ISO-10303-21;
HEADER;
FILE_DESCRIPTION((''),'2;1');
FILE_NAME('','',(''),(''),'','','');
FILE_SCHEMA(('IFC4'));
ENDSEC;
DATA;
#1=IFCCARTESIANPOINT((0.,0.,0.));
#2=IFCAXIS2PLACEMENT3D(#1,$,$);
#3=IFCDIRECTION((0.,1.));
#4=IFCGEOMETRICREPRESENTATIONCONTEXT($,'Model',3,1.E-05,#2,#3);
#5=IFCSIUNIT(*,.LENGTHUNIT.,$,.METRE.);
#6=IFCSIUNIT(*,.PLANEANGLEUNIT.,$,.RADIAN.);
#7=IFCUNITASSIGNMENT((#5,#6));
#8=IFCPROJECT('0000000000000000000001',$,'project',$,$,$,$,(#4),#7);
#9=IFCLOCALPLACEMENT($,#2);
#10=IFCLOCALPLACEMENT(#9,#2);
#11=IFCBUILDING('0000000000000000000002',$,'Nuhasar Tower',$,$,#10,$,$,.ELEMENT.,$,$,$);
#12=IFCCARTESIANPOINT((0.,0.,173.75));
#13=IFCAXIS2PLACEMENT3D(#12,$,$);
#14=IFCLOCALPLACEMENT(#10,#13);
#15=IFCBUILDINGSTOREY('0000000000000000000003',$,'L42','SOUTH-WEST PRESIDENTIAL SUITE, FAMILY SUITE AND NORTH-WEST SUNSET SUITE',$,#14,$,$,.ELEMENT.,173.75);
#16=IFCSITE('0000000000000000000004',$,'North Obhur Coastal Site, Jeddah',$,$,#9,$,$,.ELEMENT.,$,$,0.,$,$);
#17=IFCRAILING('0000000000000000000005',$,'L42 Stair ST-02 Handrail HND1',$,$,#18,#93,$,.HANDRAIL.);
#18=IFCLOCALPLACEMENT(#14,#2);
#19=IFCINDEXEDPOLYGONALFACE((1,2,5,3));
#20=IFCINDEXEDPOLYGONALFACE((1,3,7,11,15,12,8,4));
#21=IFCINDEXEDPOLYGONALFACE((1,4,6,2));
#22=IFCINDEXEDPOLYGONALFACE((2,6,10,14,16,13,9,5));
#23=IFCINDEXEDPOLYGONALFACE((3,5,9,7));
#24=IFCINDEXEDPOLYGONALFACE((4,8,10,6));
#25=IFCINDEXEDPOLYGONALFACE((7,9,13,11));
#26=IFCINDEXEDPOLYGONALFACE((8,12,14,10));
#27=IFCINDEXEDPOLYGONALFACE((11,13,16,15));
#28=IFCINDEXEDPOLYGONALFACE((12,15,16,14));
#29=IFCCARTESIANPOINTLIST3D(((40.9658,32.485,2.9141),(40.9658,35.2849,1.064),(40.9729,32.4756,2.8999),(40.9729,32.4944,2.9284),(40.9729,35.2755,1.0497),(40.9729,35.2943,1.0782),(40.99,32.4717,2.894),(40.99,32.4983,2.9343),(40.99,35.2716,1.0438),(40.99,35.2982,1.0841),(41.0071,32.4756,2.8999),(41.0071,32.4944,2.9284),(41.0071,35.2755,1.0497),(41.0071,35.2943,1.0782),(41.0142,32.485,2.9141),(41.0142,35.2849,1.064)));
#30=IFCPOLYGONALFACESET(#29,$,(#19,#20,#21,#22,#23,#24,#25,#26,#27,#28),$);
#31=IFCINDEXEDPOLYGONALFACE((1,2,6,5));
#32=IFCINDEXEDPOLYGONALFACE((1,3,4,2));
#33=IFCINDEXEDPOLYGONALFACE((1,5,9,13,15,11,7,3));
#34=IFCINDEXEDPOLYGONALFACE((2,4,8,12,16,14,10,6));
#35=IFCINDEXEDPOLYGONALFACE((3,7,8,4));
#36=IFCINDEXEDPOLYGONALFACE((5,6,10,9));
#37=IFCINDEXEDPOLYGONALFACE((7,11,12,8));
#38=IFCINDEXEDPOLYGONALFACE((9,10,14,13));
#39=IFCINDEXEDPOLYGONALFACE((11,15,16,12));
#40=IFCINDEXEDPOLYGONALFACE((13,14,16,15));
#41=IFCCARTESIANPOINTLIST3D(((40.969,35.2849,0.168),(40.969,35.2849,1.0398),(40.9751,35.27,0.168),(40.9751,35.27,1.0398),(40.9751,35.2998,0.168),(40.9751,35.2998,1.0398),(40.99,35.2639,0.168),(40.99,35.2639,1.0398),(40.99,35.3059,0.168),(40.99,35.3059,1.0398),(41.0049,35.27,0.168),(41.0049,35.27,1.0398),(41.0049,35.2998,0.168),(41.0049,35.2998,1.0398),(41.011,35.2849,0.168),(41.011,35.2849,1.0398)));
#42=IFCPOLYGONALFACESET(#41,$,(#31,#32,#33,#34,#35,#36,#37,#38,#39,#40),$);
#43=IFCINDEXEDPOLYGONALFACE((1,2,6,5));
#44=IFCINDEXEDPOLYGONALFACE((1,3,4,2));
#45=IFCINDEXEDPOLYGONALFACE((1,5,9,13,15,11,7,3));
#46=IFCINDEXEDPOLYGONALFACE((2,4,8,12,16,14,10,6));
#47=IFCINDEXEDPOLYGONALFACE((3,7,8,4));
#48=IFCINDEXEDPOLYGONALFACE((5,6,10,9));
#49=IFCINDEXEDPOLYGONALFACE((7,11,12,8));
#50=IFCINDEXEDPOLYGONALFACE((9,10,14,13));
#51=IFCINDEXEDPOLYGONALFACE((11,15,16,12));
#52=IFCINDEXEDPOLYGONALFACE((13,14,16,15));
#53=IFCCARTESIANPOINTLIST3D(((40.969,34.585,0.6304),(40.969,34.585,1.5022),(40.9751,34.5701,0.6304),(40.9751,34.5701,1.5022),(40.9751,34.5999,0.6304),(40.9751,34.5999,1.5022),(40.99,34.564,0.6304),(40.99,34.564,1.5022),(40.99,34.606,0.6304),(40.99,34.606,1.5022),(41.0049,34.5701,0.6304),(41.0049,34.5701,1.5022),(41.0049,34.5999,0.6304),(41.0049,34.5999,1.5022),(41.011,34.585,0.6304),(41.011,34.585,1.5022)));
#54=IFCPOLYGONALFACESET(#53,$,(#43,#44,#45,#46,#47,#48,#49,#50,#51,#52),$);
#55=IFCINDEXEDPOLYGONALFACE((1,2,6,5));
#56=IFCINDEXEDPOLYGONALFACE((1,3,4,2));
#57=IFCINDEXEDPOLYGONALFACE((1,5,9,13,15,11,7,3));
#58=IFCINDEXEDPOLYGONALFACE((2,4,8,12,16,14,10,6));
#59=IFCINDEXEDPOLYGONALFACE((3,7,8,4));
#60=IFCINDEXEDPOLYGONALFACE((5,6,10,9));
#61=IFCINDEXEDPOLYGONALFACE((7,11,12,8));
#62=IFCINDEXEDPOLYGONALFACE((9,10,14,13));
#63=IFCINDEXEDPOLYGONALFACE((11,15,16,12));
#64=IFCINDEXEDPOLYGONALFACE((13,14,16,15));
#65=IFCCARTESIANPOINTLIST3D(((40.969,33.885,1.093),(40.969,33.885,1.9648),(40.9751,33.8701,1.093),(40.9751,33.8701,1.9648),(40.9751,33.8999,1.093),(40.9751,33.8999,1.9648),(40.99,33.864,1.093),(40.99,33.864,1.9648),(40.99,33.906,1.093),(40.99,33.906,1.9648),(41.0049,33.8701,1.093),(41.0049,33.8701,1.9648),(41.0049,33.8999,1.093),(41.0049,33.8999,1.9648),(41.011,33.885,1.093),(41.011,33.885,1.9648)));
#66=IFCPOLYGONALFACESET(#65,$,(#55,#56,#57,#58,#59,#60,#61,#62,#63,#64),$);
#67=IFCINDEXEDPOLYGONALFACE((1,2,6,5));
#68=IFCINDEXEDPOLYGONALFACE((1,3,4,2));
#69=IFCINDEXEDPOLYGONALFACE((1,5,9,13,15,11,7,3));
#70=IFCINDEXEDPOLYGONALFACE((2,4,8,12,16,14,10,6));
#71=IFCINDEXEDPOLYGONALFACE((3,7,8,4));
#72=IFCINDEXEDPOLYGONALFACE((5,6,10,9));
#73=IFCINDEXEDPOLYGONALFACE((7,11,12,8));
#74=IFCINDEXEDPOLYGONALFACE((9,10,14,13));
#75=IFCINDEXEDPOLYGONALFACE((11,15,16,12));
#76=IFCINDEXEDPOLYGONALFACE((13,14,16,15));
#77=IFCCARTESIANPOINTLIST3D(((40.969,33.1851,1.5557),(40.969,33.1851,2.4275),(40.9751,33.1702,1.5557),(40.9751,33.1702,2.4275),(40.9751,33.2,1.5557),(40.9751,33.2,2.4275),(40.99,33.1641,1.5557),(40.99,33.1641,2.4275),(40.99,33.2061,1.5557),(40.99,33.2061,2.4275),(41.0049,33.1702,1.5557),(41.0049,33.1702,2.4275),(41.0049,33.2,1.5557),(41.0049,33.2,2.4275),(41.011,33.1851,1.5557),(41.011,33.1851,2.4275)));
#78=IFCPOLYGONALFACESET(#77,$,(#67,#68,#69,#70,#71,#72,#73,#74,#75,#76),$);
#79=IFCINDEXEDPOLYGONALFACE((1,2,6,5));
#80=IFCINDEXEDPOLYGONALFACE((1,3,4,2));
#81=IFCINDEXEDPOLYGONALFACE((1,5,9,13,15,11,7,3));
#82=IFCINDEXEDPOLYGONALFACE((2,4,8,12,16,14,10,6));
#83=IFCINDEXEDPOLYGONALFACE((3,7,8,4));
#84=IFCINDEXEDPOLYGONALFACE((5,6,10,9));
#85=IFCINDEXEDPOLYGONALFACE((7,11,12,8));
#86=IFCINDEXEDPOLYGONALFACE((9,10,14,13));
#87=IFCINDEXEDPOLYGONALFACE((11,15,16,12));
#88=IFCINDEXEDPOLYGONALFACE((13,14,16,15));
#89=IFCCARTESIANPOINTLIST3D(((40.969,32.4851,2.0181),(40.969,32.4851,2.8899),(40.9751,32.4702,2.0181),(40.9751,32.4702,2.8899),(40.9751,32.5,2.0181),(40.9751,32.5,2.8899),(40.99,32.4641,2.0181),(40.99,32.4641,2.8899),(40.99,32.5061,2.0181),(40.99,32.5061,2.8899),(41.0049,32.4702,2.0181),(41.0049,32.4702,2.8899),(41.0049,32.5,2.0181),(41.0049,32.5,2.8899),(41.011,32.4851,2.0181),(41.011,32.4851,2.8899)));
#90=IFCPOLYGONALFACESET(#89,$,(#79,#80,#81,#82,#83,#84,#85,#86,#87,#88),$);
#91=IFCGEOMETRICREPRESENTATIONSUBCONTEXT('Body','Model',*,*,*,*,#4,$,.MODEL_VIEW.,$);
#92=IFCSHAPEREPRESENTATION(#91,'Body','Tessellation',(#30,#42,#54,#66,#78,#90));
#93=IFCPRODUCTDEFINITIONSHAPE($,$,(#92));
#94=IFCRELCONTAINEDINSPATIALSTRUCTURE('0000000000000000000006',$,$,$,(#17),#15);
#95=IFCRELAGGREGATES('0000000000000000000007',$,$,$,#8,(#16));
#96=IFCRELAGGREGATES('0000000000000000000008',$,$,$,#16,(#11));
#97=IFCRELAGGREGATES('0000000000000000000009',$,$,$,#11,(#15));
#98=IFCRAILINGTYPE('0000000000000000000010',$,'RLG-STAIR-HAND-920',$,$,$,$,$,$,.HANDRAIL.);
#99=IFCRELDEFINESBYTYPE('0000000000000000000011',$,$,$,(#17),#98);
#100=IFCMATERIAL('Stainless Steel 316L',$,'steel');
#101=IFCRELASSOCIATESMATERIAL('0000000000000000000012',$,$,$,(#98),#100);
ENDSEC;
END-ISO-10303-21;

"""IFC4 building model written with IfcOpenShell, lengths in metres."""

from ifc_helpers import new_model, si_unit, direction, frame, origin, place, context, subcontext, project, spatial, polyline, outline, extrude, material, type_object, element, save


model = new_model("IFC4")

# Units and contexts
model_context = context("Model", 3, precision=1e-05, world=origin(), true_north=direction((0.0, 1.0)))
body_context = subcontext(model_context, "Body", "Model", "MODEL_VIEW")
ifc_project = project(units=[si_unit("LENGTHUNIT", "METRE"), si_unit("PLANEANGLEUNIT", "RADIAN")], contexts=[model_context])

# Site, building, storey
site_placement = place(None, origin())
site = spatial("IfcSite", under=ifc_project, at=site_placement, Name="North Obhur Coastal Site, Jeddah", CompositionType="ELEMENT", RefElevation=0.0)
building_placement = place(site_placement, origin())
building = spatial("IfcBuilding", under=site, at=building_placement, Name="Nuhasar Tower", CompositionType="ELEMENT")
storey_placement = place(building_placement, frame((0.0, 0.0, 173.75)))
storey = spatial("IfcBuildingStorey", under=building, at=storey_placement, Name="L42", Description="SOUTH-WEST PRESIDENTIAL SUITE, FAMILY SUITE AND NORTH-WEST SUNSET SUITE", CompositionType="ELEMENT", Elevation=173.75)

# Railing
ifc_material_1 = material(Name="Stainless Steel 316L", Category="steel")
railing_type_1 = type_object("IfcRailingType", Name="RLG-STAIR-HAND-920", PredefinedType="HANDRAIL", material=ifc_material_1)
railing_1_placement = place(storey_placement, frame((40.99, 35.2849, 0.168)))
element("IfcRailing", 1, at=railing_1_placement, inside=storey, type_object=railing_type_1, Name="L42 Stair ST-02 Handrail HND1", PredefinedType="HANDRAIL", context=body_context, shape_type="SweptSolid", body=[
    extrude(outline(polyline([(0.0242, 0.0), (0.0171, 0.0171), (0.0, 0.0242), (-0.0171, 0.0171), (-0.0242, 0.0), (-0.0171, -0.0171), (0.0, -0.0242), (0.0171, -0.0171), (0.0242, 0.0)])), frame((0.0, 0.0, 0.896), z_axis=(0.0, -0.834304, 0.551304), x_axis=(1.0, 0.0, 0.0)), (0.0, 0.0, 1.0), 3.356),
    extrude(outline(polyline([(0.021, 0.0), (0.0149, 0.0149), (0.0, 0.021), (-0.0149, 0.0149), (-0.021, 0.0), (-0.0149, -0.0149), (0.0, -0.021), (0.0149, -0.0149), (0.021, 0.0)])), origin(), (0.0, 0.0, 1.0), 0.8718),
    extrude(outline(polyline([(0.021, 0.0), (0.0149, 0.0149), (0.0, 0.021), (-0.0149, 0.0149), (-0.021, 0.0), (-0.0149, -0.0149), (0.0, -0.021), (0.0149, -0.0149), (0.021, 0.0)])), frame((0.0, -0.7, 0.4624)), (0.0, 0.0, 1.0), 0.8718),
    extrude(outline(polyline([(0.021, 0.0), (0.0149, 0.0149), (0.0, 0.021), (-0.0149, 0.0149), (-0.021, 0.0), (-0.0149, -0.0149), (0.0, -0.021), (0.0149, -0.0149), (0.021, 0.0)])), frame((0.0, -1.3999, 0.925)), (0.0, 0.0, 1.0), 0.8718),
    extrude(outline(polyline([(0.021, 0.0), (0.0149, 0.0149), (0.0, 0.021), (-0.0149, 0.0149), (-0.021, 0.0), (-0.0149, -0.0149), (0.0, -0.021), (0.0149, -0.0149), (0.021, 0.0)])), frame((0.0, -2.0999, 1.3877)), (0.0, 0.0, 1.0), 0.8718),
    extrude(outline(polyline([(0.021, 0.0), (0.0149, 0.0149), (0.0, 0.021), (-0.0149, 0.0149), (-0.021, 0.0), (-0.0149, -0.0149), (0.0, -0.021), (0.0149, -0.0149), (0.021, 0.0)])), frame((0.0, -2.7998, 1.8501)), (0.0, 0.0, 1.0), 0.8718),
])

save(model, "model.ifc")
